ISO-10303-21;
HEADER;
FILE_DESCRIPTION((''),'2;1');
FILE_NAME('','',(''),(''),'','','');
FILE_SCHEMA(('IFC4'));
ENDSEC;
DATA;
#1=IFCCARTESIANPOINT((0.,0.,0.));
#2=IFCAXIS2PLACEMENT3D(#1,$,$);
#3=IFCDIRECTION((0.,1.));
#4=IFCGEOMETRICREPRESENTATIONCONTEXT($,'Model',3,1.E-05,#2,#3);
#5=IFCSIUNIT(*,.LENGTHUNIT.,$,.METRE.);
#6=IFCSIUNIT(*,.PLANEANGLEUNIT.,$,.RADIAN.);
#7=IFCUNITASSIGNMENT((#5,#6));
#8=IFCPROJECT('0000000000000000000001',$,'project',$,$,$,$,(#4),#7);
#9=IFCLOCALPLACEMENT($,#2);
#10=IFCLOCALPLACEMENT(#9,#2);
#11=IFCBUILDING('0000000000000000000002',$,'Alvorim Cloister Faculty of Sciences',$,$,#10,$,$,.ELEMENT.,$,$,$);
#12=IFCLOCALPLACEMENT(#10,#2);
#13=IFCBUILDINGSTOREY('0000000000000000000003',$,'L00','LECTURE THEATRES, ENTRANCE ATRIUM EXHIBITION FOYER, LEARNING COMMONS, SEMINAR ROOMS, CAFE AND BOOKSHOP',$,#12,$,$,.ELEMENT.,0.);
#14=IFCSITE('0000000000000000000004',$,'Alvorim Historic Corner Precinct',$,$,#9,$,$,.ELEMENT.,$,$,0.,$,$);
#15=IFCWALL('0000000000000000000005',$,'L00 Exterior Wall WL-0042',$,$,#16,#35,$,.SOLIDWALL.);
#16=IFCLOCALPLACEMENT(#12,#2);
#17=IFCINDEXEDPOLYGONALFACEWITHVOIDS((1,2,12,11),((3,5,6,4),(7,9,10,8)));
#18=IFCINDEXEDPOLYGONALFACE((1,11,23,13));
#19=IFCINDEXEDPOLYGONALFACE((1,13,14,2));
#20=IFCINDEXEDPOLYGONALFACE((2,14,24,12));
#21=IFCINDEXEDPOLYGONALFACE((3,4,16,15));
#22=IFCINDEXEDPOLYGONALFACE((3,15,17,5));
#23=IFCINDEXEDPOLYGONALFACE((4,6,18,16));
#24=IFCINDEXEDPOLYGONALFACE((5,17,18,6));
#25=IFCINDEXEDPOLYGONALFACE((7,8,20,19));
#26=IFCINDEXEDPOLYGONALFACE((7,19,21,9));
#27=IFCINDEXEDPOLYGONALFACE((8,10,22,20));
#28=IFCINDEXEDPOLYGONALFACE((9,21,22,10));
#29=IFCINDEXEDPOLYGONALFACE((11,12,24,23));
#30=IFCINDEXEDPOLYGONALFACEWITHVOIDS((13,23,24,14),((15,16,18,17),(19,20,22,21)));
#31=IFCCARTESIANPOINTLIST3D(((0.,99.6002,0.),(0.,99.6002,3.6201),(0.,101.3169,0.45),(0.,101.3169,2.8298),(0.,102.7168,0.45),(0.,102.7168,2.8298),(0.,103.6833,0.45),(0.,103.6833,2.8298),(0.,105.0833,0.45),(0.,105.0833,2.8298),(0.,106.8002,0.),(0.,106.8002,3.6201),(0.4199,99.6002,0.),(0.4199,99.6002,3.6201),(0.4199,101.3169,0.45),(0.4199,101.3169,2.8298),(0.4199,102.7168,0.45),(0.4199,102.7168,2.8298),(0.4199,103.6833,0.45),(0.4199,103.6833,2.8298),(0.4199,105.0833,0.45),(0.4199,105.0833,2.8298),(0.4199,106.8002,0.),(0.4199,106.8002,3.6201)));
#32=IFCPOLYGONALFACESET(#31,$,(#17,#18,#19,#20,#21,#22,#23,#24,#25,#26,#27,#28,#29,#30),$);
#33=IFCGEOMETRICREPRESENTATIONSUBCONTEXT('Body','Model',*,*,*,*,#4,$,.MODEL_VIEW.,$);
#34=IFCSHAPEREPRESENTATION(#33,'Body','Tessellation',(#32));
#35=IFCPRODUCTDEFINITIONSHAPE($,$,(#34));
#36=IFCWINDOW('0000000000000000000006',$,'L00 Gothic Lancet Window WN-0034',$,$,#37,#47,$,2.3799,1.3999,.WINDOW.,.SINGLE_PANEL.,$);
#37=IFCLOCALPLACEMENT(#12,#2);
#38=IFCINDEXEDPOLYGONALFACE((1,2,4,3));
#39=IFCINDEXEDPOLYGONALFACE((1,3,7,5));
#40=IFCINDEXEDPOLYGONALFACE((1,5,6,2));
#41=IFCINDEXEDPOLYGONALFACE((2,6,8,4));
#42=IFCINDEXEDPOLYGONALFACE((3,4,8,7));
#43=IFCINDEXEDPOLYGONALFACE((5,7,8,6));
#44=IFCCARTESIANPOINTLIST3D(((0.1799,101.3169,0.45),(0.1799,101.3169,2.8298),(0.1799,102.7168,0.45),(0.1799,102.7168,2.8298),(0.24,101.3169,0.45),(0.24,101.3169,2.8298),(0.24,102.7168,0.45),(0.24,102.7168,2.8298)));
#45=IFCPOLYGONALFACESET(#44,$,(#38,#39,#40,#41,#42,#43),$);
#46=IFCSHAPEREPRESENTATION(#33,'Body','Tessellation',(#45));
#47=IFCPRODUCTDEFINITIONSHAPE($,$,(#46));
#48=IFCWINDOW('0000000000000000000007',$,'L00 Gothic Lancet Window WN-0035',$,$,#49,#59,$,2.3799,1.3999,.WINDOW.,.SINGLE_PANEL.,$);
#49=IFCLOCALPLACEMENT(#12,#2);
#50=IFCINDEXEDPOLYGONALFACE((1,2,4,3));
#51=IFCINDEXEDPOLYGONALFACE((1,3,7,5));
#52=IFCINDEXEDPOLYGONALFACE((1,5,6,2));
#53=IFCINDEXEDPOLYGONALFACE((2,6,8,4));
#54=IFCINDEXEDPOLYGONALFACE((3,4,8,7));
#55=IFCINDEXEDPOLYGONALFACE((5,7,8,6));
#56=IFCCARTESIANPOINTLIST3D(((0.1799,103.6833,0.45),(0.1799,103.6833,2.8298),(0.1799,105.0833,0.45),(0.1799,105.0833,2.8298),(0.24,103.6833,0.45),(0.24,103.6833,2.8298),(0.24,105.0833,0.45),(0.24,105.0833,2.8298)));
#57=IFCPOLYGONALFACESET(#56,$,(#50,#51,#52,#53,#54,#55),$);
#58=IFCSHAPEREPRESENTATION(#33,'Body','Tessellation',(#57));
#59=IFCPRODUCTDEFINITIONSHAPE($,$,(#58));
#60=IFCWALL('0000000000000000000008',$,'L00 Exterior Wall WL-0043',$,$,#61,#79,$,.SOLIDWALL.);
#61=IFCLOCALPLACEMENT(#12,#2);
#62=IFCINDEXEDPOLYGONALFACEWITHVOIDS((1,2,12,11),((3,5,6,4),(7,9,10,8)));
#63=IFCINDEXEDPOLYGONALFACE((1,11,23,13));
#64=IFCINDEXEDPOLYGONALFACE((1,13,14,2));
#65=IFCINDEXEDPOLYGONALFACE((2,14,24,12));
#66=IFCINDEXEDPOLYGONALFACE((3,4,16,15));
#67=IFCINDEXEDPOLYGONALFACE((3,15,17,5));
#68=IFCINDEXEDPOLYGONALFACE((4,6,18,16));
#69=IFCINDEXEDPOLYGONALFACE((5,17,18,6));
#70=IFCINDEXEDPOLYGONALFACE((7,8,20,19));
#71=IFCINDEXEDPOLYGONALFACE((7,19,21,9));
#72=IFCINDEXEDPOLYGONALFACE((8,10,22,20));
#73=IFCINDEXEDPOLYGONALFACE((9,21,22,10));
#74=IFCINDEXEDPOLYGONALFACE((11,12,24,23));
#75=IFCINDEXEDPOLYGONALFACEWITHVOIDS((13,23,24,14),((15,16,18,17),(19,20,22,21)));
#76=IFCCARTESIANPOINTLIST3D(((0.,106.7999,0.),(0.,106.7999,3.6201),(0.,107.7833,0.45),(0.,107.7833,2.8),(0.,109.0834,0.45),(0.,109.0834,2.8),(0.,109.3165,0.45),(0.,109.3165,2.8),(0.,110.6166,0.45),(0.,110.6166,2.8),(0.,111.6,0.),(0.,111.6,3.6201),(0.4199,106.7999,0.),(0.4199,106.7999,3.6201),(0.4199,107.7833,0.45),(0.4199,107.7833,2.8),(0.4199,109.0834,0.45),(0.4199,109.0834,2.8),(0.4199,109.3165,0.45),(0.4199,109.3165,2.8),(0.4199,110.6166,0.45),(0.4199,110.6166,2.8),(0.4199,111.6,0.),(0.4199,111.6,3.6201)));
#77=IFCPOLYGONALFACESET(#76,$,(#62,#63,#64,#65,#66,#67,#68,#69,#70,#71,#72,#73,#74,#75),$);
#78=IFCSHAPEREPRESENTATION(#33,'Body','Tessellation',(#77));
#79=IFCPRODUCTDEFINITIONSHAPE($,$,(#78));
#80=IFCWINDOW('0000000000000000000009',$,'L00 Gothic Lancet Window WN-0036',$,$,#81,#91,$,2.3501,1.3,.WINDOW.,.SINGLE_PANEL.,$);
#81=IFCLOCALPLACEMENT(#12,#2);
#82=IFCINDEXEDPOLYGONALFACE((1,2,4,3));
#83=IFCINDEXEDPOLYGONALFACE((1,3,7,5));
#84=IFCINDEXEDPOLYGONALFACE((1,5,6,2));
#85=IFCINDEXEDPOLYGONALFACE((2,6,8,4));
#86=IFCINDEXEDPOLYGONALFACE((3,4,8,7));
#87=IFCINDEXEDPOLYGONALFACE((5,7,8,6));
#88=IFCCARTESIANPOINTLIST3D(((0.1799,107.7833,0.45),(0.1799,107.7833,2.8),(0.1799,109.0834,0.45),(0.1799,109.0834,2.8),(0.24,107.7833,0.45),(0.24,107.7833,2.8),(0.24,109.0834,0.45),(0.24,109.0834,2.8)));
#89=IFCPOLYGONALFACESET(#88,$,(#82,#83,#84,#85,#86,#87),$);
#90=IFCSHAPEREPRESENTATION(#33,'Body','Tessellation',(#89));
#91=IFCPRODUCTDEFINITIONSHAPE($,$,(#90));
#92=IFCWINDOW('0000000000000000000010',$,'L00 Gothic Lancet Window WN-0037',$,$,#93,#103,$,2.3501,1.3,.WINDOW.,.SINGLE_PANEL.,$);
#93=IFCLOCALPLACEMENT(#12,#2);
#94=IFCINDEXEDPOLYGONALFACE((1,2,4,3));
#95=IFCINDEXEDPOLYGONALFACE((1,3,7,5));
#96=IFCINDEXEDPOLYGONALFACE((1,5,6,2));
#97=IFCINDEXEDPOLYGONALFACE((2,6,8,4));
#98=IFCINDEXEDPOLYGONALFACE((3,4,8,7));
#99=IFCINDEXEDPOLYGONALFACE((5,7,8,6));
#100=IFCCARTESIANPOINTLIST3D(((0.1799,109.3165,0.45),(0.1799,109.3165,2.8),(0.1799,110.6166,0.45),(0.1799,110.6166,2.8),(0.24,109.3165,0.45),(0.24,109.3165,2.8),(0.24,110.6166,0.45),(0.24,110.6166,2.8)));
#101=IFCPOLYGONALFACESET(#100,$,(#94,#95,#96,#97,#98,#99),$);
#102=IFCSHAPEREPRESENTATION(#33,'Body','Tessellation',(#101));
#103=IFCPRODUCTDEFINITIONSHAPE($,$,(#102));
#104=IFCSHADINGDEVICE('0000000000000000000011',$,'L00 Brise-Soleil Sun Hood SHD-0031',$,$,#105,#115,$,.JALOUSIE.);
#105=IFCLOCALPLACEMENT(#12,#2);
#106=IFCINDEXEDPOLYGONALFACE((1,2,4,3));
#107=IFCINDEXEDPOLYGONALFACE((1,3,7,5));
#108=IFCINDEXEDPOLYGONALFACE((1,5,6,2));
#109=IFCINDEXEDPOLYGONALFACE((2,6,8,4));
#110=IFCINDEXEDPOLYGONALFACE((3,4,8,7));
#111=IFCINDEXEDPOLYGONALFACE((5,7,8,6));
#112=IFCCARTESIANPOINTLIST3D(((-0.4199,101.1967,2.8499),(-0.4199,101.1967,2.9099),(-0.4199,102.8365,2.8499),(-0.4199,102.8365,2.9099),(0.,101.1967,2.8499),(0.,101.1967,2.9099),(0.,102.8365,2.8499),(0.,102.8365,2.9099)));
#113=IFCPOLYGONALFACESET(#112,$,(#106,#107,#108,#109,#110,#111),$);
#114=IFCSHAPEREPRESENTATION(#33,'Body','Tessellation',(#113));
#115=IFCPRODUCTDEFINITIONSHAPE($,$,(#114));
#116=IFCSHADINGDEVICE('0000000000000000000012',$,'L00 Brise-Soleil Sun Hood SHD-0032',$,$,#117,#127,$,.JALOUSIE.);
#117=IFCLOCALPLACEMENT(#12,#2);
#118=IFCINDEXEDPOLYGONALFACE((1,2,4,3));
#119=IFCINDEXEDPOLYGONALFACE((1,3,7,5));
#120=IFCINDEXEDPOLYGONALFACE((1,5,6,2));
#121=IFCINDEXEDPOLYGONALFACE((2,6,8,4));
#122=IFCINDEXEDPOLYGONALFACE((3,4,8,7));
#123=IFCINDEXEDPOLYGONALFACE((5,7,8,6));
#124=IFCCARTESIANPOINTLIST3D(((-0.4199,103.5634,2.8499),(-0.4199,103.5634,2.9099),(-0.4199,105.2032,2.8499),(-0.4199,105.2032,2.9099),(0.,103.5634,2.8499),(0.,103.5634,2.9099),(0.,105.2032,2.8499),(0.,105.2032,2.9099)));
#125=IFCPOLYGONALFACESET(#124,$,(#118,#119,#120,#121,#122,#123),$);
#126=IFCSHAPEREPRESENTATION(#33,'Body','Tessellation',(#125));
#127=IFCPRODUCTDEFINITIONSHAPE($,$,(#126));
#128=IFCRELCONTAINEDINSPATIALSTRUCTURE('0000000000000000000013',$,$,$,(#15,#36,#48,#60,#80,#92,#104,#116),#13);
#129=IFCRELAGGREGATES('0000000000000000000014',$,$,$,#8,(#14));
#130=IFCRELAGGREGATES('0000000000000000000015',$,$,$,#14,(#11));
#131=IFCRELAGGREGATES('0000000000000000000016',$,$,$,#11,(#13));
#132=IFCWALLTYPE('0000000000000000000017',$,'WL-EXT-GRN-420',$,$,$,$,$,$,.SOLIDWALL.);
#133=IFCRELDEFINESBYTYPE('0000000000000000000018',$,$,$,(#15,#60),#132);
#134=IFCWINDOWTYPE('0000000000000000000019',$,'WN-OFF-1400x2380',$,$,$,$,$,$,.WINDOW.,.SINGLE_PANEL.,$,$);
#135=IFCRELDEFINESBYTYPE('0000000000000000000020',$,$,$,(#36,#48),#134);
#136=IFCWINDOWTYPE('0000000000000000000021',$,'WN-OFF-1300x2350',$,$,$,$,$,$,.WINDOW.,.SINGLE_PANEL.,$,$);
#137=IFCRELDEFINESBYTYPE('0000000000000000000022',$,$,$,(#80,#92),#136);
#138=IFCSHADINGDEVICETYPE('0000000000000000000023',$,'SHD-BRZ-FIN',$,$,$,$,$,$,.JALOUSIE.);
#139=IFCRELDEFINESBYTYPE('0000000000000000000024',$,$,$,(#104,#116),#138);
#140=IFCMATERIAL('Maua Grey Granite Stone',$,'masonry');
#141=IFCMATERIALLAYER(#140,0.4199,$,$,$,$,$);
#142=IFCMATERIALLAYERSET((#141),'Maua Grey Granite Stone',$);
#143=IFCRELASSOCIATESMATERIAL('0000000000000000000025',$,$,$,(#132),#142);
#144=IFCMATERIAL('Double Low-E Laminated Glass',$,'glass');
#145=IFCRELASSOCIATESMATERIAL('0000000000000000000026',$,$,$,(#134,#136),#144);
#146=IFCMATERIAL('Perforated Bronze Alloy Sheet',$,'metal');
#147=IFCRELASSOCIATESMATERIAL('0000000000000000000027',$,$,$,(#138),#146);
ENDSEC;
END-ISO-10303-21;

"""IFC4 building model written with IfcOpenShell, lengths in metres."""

from ifc_helpers import new_model, si_unit, direction, frame, frame_2d, origin, origin_2d, place, context, subcontext, project, spatial, rectangle, extrude, material, layer, layer_set, type_object, element, fill, save


model = new_model("IFC4")

# Units and contexts
model_context = context("Model", 3, precision=1e-05, world=origin(), true_north=direction((0.0, 1.0)))
body_context = subcontext(model_context, "Body", "Model", "MODEL_VIEW")
ifc_project = project(units=[si_unit("LENGTHUNIT", "METRE"), si_unit("PLANEANGLEUNIT", "RADIAN")], contexts=[model_context])

# Site, building, storey
site_placement = place(None, origin())
site = spatial("IfcSite", under=ifc_project, at=site_placement, Name="Alvorim Historic Corner Precinct", CompositionType="ELEMENT", RefElevation=0.0)
building_placement = place(site_placement, origin())
building = spatial("IfcBuilding", under=site, at=building_placement, Name="Alvorim Cloister Faculty of Sciences", CompositionType="ELEMENT")
storey_placement = place(building_placement, origin())
storey = spatial("IfcBuildingStorey", under=building, at=storey_placement, Name="L00", Description="LECTURE THEATRES, ENTRANCE ATRIUM EXHIBITION FOYER, LEARNING COMMONS, SEMINAR ROOMS, CAFE AND BOOKSHOP", CompositionType="ELEMENT", Elevation=0.0)

# Shared definitions
ifc_material_1 = material(Name="Maua Grey Granite Stone", Category="masonry")

# Walls, openings, windows
ifc_layer = layer(ifc_material_1, 0.4199)
ifc_layer_set = layer_set([ifc_layer], Name="Maua Grey Granite Stone")
wall_type = type_object("IfcWallType", Name="WL-EXT-GRN-420", PredefinedType="SOLIDWALL", material=ifc_layer_set)
wall_1_placement = place(storey_placement, frame((0.21, 99.6001, 0.0), z_axis=(0.0, 0.0, 1.0), x_axis=(0.0, 1.0, 0.0)))
wall_1 = element("IfcWall", 1, at=wall_1_placement, inside=storey, type_object=wall_type, Name="L00 Exterior Wall WL-0042", PredefinedType="SOLIDWALL", context=body_context, shape_type="SweptSolid", body=[
    extrude(rectangle(XDim=7.2, YDim=0.4199, at=frame_2d((3.6001, 0.0))), origin(), (0.0, 0.0, 1.0), 3.6201),
])
opening_1_placement = place(wall_1_placement, frame((1.7168, 0.0, 0.45)))
opening_1 = element("IfcOpeningElement", 2, at=opening_1_placement, cuts=wall_1, PredefinedType="OPENING", context=body_context, shape_type="SweptSolid", body=[
    extrude(rectangle(XDim=1.3999, YDim=2.3799, at=frame_2d((0.7, 1.1899))), frame((0.0, 0.2219, 0.0), z_axis=(0.0, -1.0, 0.0), x_axis=(1.0, 0.0, 0.0)), (0.0, 0.0, 1.0), 0.4438),
])
opening_2_placement = place(wall_1_placement, frame((4.0833, 0.0, 0.45)))
opening_2 = element("IfcOpeningElement", 3, at=opening_2_placement, cuts=wall_1, PredefinedType="OPENING", context=body_context, shape_type="SweptSolid", body=[
    extrude(rectangle(XDim=1.3999, YDim=2.3799, at=frame_2d((0.7, 1.1899))), frame((0.0, 0.2219, 0.0), z_axis=(0.0, -1.0, 0.0), x_axis=(1.0, 0.0, 0.0)), (0.0, 0.0, 1.0), 0.4438),
])
ifc_material_2 = material(Name="Double Low-E Laminated Glass", Category="glass")
window_type_1 = type_object("IfcWindowType", Name="WN-OFF-1400x2380", PartitioningType="SINGLE_PANEL", PredefinedType="WINDOW", material=ifc_material_2)
window_1_placement = place(opening_1_placement, origin())
window_1 = element("IfcWindow", 4, at=window_1_placement, inside=storey, type_object=window_type_1, Name="L00 Gothic Lancet Window WN-0034", OverallHeight=2.3799, OverallWidth=1.3999, PartitioningType="SINGLE_PANEL", PredefinedType="WINDOW", context=body_context, shape_type="SweptSolid", body=[
    extrude(rectangle(XDim=1.3999, YDim=2.3799, at=frame_2d((0.7, 1.1899))), frame((0.0, 0.03, 0.0), z_axis=(0.0, -1.0, 0.0), x_axis=(1.0, 0.0, 0.0)), (0.0, 0.0, 1.0), 0.0601),
])
fill(opening_1, window_1)
window_2_placement = place(opening_2_placement, origin())
window_2 = element("IfcWindow", 5, at=window_2_placement, inside=storey, type_object=window_type_1, Name="L00 Gothic Lancet Window WN-0035", OverallHeight=2.3799, OverallWidth=1.3999, PartitioningType="SINGLE_PANEL", PredefinedType="WINDOW", context=body_context, shape_type="SweptSolid", body=[
    extrude(rectangle(XDim=1.3999, YDim=2.3799, at=frame_2d((0.7, 1.1899))), frame((0.0, 0.03, 0.0), z_axis=(0.0, -1.0, 0.0), x_axis=(1.0, 0.0, 0.0)), (0.0, 0.0, 1.0), 0.0601),
])
fill(opening_2, window_2)
wall_2_placement = place(storey_placement, frame((0.21, 106.8, 0.0), z_axis=(0.0, 0.0, 1.0), x_axis=(0.0, 1.0, 0.0)))
wall_2 = element("IfcWall", 6, at=wall_2_placement, inside=storey, type_object=wall_type, Name="L00 Exterior Wall WL-0043", PredefinedType="SOLIDWALL", context=body_context, shape_type="SweptSolid", body=[
    extrude(rectangle(XDim=4.8, YDim=0.4199, at=frame_2d((2.3999, 0.0))), origin(), (0.0, 0.0, 1.0), 3.6201),
])
opening_3_placement = place(wall_2_placement, frame((0.9834, 0.0, 0.45)))
opening_3 = element("IfcOpeningElement", 7, at=opening_3_placement, cuts=wall_2, PredefinedType="OPENING", context=body_context, shape_type="SweptSolid", body=[
    extrude(rectangle(XDim=1.3, YDim=2.3501, at=frame_2d((0.6499, 1.175))), frame((0.0, 0.2219, 0.0), z_axis=(0.0, -1.0, 0.0), x_axis=(1.0, 0.0, 0.0)), (0.0, 0.0, 1.0), 0.4438),
])
opening_4_placement = place(wall_2_placement, frame((2.5166, 0.0, 0.45)))
opening_4 = element("IfcOpeningElement", 8, at=opening_4_placement, cuts=wall_2, PredefinedType="OPENING", context=body_context, shape_type="SweptSolid", body=[
    extrude(rectangle(XDim=1.3, YDim=2.3501, at=frame_2d((0.6499, 1.175))), frame((0.0, 0.2219, 0.0), z_axis=(0.0, -1.0, 0.0), x_axis=(1.0, 0.0, 0.0)), (0.0, 0.0, 1.0), 0.4438),
])
window_type_2 = type_object("IfcWindowType", Name="WN-OFF-1300x2350", PartitioningType="SINGLE_PANEL", PredefinedType="WINDOW", material=ifc_material_2)
window_3_placement = place(opening_3_placement, origin())
window_3 = element("IfcWindow", 9, at=window_3_placement, inside=storey, type_object=window_type_2, Name="L00 Gothic Lancet Window WN-0036", OverallHeight=2.3501, OverallWidth=1.3, PartitioningType="SINGLE_PANEL", PredefinedType="WINDOW", context=body_context, shape_type="SweptSolid", body=[
    extrude(rectangle(XDim=1.3, YDim=2.3501, at=frame_2d((0.6499, 1.175))), frame((0.0, 0.03, 0.0), z_axis=(0.0, -1.0, 0.0), x_axis=(1.0, 0.0, 0.0)), (0.0, 0.0, 1.0), 0.0601),
])
fill(opening_3, window_3)
window_4_placement = place(opening_4_placement, origin())
window_4 = element("IfcWindow", 10, at=window_4_placement, inside=storey, type_object=window_type_2, Name="L00 Gothic Lancet Window WN-0037", OverallHeight=2.3501, OverallWidth=1.3, PartitioningType="SINGLE_PANEL", PredefinedType="WINDOW", context=body_context, shape_type="SweptSolid", body=[
    extrude(rectangle(XDim=1.3, YDim=2.3501, at=frame_2d((0.6499, 1.175))), frame((0.0, 0.03, 0.0), z_axis=(0.0, -1.0, 0.0), x_axis=(1.0, 0.0, 0.0)), (0.0, 0.0, 1.0), 0.0601),
])
fill(opening_4, window_4)

# Shading devices
ifc_material_3 = material(Name="Perforated Bronze Alloy Sheet", Category="metal")
shading_device_type = type_object("IfcShadingDeviceType", Name="SHD-BRZ-FIN", PredefinedType="JALOUSIE", material=ifc_material_3)
for number, where, z_axis, x_axis, name in (
    (11, (-0.21, 102.0166, 2.8499), (0.0, 0.0, 1.0), (1.0, 0.0, 0.0), "L00 Brise-Soleil Sun Hood SHD-0031"),
    (12, (-0.21, 104.3833, 2.8499), (0.0, 0.0, 1.0), (1.0, 0.0, 0.0), "L00 Brise-Soleil Sun Hood SHD-0032"),
):
    element("IfcShadingDevice", number, at=place(storey_placement, frame(where, z_axis=z_axis, x_axis=x_axis)), inside=storey, type_object=shading_device_type, Name=name, PredefinedType="JALOUSIE", context=body_context, shape_type="SweptSolid", body=[
        extrude(rectangle(XDim=0.4199, YDim=1.6399, at=origin_2d()), origin(), (0.0, 0.0, 1.0), 0.0601),
    ])

save(model, "model.ifc")
